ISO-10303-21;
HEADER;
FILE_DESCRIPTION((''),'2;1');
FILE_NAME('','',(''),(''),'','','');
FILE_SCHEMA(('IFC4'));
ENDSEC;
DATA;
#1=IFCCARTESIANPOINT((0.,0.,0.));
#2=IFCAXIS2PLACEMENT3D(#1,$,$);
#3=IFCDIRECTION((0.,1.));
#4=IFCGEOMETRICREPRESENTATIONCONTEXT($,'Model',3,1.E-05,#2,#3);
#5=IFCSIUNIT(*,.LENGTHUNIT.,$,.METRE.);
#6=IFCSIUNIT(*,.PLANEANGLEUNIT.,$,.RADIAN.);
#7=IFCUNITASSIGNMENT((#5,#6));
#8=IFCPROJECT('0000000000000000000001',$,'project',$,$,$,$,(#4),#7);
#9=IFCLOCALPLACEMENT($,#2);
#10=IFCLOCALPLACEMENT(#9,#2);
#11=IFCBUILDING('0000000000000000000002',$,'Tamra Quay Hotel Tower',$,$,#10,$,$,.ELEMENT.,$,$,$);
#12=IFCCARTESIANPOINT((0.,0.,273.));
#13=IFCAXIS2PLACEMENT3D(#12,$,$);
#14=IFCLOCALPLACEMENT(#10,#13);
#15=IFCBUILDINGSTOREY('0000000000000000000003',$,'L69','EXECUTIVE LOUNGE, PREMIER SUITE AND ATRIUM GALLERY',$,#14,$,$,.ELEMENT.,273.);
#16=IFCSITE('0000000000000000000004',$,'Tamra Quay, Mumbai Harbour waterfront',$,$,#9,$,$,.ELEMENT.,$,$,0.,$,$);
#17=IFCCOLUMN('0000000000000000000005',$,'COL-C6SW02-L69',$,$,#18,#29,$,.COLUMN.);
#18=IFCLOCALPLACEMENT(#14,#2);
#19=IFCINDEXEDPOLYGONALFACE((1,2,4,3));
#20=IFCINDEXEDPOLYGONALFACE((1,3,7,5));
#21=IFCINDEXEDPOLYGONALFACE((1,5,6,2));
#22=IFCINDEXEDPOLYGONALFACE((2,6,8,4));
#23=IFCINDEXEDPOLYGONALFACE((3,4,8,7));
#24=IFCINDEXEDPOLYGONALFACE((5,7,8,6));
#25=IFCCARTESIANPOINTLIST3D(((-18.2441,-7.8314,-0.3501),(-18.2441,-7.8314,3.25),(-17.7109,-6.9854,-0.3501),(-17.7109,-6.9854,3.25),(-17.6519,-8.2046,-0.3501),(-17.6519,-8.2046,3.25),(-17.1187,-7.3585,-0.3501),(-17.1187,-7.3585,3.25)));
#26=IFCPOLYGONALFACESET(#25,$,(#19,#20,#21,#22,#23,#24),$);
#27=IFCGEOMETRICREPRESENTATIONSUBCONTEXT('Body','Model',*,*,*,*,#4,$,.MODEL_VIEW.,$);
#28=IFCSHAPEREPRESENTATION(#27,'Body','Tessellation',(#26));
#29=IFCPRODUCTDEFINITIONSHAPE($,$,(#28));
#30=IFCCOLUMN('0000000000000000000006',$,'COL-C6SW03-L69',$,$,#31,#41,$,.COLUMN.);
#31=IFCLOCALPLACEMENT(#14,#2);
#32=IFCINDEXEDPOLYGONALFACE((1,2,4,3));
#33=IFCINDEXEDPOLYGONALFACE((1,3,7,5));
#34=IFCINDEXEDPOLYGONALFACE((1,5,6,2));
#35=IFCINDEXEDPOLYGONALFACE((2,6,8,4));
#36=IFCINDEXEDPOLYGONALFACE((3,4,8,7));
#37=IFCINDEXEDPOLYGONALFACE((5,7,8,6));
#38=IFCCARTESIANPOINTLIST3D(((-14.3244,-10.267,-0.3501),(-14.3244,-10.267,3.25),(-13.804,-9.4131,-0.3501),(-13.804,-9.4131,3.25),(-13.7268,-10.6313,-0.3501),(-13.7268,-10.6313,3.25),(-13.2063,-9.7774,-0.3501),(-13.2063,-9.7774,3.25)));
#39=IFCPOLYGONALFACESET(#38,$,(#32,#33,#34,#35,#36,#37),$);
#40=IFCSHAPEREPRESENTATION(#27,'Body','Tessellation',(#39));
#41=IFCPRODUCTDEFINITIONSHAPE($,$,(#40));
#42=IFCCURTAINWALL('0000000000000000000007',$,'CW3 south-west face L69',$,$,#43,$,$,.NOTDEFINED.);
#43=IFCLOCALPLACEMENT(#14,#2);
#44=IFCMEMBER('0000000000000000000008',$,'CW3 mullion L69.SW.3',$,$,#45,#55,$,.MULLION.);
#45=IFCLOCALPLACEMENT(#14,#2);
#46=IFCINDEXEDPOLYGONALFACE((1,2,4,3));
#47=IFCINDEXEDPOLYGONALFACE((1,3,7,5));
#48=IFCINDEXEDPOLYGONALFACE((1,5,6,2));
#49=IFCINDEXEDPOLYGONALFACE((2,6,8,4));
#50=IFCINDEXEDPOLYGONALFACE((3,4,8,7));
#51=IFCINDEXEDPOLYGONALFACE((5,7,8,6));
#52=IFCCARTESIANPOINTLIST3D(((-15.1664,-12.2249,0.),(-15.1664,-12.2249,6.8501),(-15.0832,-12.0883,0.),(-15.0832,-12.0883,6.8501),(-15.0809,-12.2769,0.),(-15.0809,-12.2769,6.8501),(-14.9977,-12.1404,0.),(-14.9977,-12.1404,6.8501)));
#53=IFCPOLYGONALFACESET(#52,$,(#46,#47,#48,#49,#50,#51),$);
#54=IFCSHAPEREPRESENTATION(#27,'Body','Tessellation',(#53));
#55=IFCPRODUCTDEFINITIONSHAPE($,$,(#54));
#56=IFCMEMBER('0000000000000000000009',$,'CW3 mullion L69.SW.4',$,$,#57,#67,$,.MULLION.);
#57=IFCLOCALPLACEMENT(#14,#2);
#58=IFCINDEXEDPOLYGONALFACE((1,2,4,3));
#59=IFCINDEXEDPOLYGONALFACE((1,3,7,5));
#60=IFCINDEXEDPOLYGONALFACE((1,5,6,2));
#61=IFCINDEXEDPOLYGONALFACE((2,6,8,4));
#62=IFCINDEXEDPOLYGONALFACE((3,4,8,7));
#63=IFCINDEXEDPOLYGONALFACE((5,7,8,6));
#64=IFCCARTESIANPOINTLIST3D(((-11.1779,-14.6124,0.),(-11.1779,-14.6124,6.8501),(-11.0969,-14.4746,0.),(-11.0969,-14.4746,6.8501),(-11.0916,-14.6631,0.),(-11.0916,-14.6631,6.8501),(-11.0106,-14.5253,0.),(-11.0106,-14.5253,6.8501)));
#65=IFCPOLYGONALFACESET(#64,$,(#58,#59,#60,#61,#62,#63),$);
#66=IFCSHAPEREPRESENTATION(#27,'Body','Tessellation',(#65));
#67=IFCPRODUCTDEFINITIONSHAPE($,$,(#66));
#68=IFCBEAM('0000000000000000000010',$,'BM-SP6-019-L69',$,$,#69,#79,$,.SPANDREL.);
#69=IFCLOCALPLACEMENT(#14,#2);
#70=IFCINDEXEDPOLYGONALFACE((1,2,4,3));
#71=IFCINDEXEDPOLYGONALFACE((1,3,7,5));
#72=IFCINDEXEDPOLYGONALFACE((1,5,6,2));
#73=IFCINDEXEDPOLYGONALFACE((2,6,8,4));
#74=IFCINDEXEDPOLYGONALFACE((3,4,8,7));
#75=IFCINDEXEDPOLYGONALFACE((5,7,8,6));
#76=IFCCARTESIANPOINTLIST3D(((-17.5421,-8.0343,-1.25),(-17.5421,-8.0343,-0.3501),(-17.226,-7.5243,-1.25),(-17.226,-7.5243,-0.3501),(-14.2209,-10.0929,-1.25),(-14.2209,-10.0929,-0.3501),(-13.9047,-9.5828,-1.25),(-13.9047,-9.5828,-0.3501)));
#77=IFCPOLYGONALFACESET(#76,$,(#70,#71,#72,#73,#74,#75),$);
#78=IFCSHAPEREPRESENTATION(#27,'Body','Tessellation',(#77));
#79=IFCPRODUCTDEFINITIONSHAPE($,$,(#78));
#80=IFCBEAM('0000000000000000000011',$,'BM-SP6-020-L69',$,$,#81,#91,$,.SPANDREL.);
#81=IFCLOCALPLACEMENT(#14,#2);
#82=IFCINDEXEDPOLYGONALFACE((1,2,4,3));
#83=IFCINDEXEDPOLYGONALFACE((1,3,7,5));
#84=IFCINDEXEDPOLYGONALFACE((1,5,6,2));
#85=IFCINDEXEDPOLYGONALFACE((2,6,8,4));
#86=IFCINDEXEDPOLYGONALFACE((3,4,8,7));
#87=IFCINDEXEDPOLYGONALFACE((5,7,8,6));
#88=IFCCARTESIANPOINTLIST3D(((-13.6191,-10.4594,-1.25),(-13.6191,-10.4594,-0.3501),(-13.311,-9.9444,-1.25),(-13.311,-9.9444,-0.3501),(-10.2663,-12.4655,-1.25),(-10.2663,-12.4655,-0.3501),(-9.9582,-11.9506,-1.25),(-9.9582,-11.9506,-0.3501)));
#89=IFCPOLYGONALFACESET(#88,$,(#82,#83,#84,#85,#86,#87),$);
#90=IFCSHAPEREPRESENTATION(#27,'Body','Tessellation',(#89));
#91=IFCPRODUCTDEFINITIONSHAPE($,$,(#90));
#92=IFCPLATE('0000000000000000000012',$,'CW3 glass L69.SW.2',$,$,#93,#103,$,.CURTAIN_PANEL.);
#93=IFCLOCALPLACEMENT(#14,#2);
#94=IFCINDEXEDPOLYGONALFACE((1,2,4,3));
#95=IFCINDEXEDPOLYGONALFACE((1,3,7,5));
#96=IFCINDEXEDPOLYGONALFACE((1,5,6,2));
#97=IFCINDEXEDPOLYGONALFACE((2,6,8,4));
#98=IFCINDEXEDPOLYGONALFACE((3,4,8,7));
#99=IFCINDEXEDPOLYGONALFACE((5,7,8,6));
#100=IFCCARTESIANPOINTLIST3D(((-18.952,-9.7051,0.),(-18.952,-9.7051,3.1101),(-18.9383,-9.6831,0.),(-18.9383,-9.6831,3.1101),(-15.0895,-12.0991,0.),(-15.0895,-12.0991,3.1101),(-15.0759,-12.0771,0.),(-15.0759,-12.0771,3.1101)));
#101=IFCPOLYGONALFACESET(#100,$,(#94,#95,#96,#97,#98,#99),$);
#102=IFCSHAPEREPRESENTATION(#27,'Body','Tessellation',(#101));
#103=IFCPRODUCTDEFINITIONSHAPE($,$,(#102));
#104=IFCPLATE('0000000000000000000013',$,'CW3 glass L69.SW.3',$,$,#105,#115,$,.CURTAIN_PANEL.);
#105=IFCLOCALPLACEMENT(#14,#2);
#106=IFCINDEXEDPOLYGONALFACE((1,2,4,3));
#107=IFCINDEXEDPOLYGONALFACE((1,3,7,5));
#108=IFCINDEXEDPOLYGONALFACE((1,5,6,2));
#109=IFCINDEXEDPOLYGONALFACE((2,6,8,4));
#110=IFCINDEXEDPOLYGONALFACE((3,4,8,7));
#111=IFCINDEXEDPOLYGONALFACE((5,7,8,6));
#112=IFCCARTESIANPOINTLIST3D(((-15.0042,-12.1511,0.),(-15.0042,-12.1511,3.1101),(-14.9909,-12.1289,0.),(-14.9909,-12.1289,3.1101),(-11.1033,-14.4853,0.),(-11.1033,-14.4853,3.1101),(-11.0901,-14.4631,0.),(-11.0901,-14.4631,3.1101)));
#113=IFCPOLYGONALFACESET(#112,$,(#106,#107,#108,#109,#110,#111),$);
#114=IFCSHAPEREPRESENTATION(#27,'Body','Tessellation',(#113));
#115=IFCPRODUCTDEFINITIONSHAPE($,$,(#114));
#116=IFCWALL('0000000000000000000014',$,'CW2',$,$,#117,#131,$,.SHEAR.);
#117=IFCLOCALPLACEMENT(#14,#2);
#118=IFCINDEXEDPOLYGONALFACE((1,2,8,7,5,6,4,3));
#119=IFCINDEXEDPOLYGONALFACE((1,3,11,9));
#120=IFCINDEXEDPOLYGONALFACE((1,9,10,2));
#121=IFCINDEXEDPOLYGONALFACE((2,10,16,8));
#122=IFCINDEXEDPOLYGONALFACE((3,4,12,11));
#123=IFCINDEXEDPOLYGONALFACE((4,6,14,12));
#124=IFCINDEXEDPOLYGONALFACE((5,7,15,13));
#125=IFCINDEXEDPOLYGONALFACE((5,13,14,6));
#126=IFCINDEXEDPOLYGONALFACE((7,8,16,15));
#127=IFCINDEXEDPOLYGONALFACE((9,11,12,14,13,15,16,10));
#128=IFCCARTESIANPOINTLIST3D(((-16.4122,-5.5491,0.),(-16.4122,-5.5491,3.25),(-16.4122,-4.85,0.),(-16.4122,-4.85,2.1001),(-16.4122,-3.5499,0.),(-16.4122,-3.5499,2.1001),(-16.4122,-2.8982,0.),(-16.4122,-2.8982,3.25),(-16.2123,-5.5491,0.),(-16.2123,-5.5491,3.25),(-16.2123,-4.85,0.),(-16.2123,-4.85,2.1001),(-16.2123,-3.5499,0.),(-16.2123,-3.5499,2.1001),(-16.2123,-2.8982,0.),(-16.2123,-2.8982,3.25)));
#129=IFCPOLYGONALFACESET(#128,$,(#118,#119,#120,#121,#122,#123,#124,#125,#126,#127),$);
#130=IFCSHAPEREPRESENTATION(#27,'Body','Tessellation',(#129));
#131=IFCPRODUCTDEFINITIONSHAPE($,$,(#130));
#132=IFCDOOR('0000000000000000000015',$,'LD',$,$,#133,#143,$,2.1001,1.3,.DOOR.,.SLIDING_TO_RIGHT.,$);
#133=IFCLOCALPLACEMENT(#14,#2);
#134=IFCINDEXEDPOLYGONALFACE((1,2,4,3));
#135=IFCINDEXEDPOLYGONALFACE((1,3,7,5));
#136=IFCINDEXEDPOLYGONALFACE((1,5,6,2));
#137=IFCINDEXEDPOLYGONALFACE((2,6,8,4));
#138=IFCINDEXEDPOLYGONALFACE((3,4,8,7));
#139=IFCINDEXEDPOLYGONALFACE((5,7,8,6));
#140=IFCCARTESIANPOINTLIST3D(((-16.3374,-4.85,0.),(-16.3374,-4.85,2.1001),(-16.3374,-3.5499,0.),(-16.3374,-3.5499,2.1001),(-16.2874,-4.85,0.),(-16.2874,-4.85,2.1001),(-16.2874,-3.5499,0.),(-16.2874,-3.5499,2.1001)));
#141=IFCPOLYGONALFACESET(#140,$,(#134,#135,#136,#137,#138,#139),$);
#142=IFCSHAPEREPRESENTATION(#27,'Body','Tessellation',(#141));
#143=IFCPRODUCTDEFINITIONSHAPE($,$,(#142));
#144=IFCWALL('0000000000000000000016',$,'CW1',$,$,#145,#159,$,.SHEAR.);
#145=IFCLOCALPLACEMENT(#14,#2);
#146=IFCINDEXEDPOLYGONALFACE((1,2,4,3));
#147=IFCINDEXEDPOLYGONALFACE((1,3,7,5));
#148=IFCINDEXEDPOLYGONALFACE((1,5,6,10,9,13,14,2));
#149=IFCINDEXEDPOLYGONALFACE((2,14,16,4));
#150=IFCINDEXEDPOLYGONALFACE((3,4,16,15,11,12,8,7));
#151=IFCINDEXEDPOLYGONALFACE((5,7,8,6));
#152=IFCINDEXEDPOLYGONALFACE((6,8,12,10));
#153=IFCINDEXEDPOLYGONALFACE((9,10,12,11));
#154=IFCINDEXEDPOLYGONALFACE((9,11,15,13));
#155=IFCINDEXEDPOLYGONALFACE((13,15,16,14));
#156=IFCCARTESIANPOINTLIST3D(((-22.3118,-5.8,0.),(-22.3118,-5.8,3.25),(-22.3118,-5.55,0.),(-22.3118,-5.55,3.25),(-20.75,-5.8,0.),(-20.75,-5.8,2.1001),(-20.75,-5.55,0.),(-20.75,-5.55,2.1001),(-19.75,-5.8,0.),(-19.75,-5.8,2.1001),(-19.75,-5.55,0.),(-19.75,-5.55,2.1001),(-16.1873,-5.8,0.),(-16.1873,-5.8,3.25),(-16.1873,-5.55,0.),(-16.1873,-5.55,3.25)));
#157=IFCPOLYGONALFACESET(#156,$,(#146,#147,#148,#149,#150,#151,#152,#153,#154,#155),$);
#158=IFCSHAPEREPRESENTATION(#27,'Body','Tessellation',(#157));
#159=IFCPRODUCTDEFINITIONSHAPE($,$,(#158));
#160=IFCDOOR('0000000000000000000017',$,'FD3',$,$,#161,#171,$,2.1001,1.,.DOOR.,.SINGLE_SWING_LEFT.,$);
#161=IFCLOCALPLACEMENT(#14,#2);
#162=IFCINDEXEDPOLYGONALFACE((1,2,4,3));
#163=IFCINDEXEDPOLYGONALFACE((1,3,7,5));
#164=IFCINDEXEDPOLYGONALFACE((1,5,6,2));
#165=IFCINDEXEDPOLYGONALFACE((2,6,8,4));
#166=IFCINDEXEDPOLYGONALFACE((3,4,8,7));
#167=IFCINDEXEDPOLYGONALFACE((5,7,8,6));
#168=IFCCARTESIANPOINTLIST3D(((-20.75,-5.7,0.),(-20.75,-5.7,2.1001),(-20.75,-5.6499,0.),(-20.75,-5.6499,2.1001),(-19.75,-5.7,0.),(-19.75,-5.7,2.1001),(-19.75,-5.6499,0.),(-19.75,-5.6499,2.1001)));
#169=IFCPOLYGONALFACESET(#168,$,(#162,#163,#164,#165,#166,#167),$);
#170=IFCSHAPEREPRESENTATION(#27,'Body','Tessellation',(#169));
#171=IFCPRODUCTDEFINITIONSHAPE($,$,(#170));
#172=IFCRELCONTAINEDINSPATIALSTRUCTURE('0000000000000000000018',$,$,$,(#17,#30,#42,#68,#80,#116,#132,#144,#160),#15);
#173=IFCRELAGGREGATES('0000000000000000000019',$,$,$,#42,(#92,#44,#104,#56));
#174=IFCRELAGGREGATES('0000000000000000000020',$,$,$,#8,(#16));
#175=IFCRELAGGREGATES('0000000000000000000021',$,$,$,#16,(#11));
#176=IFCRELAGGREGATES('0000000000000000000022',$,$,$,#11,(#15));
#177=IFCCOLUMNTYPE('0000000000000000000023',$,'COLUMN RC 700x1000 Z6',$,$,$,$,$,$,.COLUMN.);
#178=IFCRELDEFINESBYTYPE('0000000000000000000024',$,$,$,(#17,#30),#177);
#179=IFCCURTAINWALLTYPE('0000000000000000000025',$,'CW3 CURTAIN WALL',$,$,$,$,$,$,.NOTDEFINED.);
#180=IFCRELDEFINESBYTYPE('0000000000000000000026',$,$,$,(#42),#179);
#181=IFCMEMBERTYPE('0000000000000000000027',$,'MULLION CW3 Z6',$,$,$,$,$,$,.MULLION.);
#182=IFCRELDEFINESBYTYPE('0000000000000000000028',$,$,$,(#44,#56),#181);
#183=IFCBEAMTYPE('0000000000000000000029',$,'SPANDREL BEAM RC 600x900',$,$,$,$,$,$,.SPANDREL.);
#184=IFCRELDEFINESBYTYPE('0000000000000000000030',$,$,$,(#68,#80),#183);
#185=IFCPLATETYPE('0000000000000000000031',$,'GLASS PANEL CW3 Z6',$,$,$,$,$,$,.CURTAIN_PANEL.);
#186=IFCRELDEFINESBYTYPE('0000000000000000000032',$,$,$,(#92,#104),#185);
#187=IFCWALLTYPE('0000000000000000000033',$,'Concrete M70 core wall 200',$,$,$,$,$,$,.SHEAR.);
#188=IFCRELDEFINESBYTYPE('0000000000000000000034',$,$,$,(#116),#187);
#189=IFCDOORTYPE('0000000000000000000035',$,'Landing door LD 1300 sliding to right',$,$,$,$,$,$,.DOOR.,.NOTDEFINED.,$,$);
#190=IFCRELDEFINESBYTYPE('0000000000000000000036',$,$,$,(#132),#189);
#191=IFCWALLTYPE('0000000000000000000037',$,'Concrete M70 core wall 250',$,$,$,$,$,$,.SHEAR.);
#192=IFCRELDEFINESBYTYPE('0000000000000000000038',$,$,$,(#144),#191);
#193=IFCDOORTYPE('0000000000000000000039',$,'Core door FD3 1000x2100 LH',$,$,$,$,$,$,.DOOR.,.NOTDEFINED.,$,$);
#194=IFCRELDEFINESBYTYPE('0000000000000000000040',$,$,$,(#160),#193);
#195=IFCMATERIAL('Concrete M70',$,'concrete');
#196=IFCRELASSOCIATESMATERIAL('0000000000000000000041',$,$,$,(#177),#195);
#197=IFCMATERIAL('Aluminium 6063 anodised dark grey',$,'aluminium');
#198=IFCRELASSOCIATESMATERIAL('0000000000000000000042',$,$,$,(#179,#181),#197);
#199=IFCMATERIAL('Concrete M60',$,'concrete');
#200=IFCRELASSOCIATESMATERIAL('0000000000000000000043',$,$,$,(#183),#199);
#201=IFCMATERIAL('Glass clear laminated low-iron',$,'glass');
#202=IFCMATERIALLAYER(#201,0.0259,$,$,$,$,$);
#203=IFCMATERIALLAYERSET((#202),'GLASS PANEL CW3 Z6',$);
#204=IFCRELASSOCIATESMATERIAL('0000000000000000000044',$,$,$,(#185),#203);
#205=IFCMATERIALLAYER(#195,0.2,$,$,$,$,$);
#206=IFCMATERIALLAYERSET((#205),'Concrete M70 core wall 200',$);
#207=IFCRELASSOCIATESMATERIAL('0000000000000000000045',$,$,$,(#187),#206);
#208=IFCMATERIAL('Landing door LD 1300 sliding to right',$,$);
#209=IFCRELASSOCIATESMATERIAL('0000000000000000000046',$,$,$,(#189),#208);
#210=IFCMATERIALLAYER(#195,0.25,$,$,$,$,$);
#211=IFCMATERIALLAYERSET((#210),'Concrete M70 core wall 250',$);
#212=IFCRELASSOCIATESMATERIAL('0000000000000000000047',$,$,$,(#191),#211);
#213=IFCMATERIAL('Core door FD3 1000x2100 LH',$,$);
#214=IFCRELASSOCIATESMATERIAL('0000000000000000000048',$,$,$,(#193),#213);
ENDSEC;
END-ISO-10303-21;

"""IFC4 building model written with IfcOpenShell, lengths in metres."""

from ifc_helpers import new_model, si_unit, direction, frame, frame_2d, origin, origin_2d, place, context, subcontext, project, spatial, rectangle, extrude, material, layer, layer_set, material_profile, profile_set, type_object, element, fill, aggregate, save


model = new_model("IFC4")

# Units and contexts
model_context = context("Model", 3, precision=1e-05, world=origin(), true_north=direction((0.0, 1.0)))
body_context = subcontext(model_context, "Body", "Model", "MODEL_VIEW")
ifc_project = project(units=[si_unit("LENGTHUNIT", "METRE"), si_unit("PLANEANGLEUNIT", "RADIAN")], contexts=[model_context])

# Site, building, storey
site_placement = place(None, origin())
site = spatial("IfcSite", under=ifc_project, at=site_placement, Name="Tamra Quay, Mumbai Harbour waterfront", CompositionType="ELEMENT", RefElevation=0.0)
building_placement = place(site_placement, origin())
building = spatial("IfcBuilding", under=site, at=building_placement, Name="Tamra Quay Hotel Tower", CompositionType="ELEMENT")
storey_placement = place(building_placement, frame((0.0, 0.0, 273.0)))
storey = spatial("IfcBuildingStorey", under=building, at=storey_placement, Name="L69", Description="EXECUTIVE LOUNGE, PREMIER SUITE AND ATRIUM GALLERY", CompositionType="ELEMENT", Elevation=273.0)

# Columns
ifc_material_1 = material(Name="Concrete M70", Category="concrete")
ifc_material_profile_1 = material_profile(ifc_material_1, rectangle(XDim=1.0, YDim=0.7, at=origin_2d()), Name="COLUMN RC 700x1000 Z6")
ifc_profile_set_1 = profile_set([ifc_material_profile_1], Name="Concrete M70")
column_type = type_object("IfcColumnType", Name="COLUMN RC 700x1000 Z6", PredefinedType="COLUMN", material=ifc_profile_set_1)
for number, where, z_axis, x_axis, name in (
    (1, (-17.6814, -7.595, -0.3501), (0.0, 0.0, 1.0), (0.533133, 0.846031, 0.0), "COL-C6SW02-L69"),
    (2, (-13.7654, -10.0222, -0.3501), (0.0, 0.0, 1.0), (0.52043, 0.853904, 0.0), "COL-C6SW03-L69"),
):
    element("IfcColumn", number, at=place(storey_placement, frame(where, z_axis=z_axis, x_axis=x_axis)), inside=storey, type_object=column_type, Name=name, PredefinedType="COLUMN", context=body_context, shape_type="SweptSolid", body=[
        extrude(rectangle(XDim=1.0, YDim=0.7, at=origin_2d()), origin(), (0.0, 0.0, 1.0), 3.6001),
    ])

# Curtain wall, members
ifc_material_2 = material(Name="Aluminium 6063 anodised dark grey", Category="aluminium")
curtain_wall_type = type_object("IfcCurtainWallType", Name="CW3 CURTAIN WALL", PredefinedType="NOTDEFINED", material=ifc_material_2)
curtain_wall_placement = place(storey_placement, origin())
curtain_wall = element("IfcCurtainWall", 3, at=curtain_wall_placement, inside=storey, type_object=curtain_wall_type, Name="CW3 south-west face L69", PredefinedType="NOTDEFINED")
ifc_material_profile_2 = material_profile(ifc_material_2, rectangle(XDim=0.1599, YDim=0.1001, at=origin_2d()), Name="MULLION 100X160")
ifc_profile_set_2 = profile_set([ifc_material_profile_2], Name="Aluminium 6063 anodised dark grey")
member_type = type_object("IfcMemberType", Name="MULLION CW3 Z6", PredefinedType="MULLION", material=ifc_profile_set_2)
member_1_placement = place(storey_placement, frame((-15.082, -12.1826, 0.0), z_axis=(0.0, 0.0, 1.0), x_axis=(-0.520161, -0.854068, 0.0)))
member_1 = element("IfcMember", 4, at=member_1_placement, type_object=member_type, Name="CW3 mullion L69.SW.3", PredefinedType="MULLION", context=body_context, shape_type="SweptSolid", body=[
    extrude(rectangle(XDim=0.1599, YDim=0.1001, at=origin_2d()), origin(), (0.0, 0.0, 1.0), 6.8501),
])
member_2_placement = place(storey_placement, frame((-11.0942, -14.5688, 0.0), z_axis=(0.0, 0.0, 1.0), x_axis=(-0.506754, -0.862091, 0.0)))
member_2 = element("IfcMember", 5, at=member_2_placement, type_object=member_type, Name="CW3 mullion L69.SW.4", PredefinedType="MULLION", context=body_context, shape_type="SweptSolid", body=[
    extrude(rectangle(XDim=0.1599, YDim=0.1001, at=origin_2d()), origin(), (0.0, 0.0, 1.0), 6.8501),
])

# Beams
ifc_material_3 = material(Name="Concrete M60", Category="concrete")
ifc_material_profile_3 = material_profile(ifc_material_3, rectangle(XDim=0.6001, YDim=0.8999, at=origin_2d()), Name="SPANDREL BEAM RC 600x900")
ifc_profile_set_3 = profile_set([ifc_material_profile_3], Name="Concrete M60")
beam_type = type_object("IfcBeamType", Name="SPANDREL BEAM RC 600x900", PredefinedType="SPANDREL", material=ifc_profile_set_3)
beam_1_placement = place(storey_placement, frame((-17.384, -7.7793, -0.8), z_axis=(0.849972, -0.526828, 0.0), x_axis=(0.526828, 0.849972, 0.0)))
element("IfcBeam", 6, at=beam_1_placement, inside=storey, type_object=beam_type, Name="BM-SP6-019-L69", PredefinedType="SPANDREL", context=body_context, shape_type="SweptSolid", body=[
    extrude(rectangle(XDim=0.6001, YDim=0.8999, at=origin_2d()), origin(), (0.0, 0.0, 1.0), 3.9075),
])
beam_2_placement = place(storey_placement, frame((-13.4651, -10.2019, -0.8), z_axis=(0.858121, -0.513448, 0.0), x_axis=(0.513448, 0.858121, 0.0)))
element("IfcBeam", 7, at=beam_2_placement, inside=storey, type_object=beam_type, Name="BM-SP6-020-L69", PredefinedType="SPANDREL", context=body_context, shape_type="SweptSolid", body=[
    extrude(rectangle(XDim=0.6001, YDim=0.8999, at=origin_2d()), origin(), (0.0, 0.0, 1.0), 3.9072),
])

# Plates
ifc_material_4 = material(Name="Glass clear laminated low-iron", Category="glass")
ifc_layer_1 = layer(ifc_material_4, 0.0259)
ifc_layer_set_1 = layer_set([ifc_layer_1], Name="GLASS PANEL CW3 Z6")
plate_type = type_object("IfcPlateType", Name="GLASS PANEL CW3 Z6", PredefinedType="CURTAIN_PANEL", material=ifc_layer_set_1)
plate_1_placement = place(storey_placement, frame((-17.0139, -10.8911, 0.0), z_axis=(0.0, 0.0, 1.0), x_axis=(0.849982, -0.526812, 0.0)))
plate_1 = element("IfcPlate", 8, at=plate_1_placement, type_object=plate_type, Name="CW3 glass L69.SW.2", PredefinedType="CURTAIN_PANEL", context=body_context, shape_type="SweptSolid", body=[
    extrude(rectangle(XDim=4.5442, YDim=0.0259, at=origin_2d()), origin(), (0.0, 0.0, 1.0), 3.1101),
])
plate_2_placement = place(storey_placement, frame((-13.0471, -13.3071, 0.0), z_axis=(0.0, 0.0, 1.0), x_axis=(0.858103, -0.513477, 0.0)))
plate_2 = element("IfcPlate", 9, at=plate_2_placement, type_object=plate_type, Name="CW3 glass L69.SW.3", PredefinedType="CURTAIN_PANEL", context=body_context, shape_type="SweptSolid", body=[
    extrude(rectangle(XDim=4.5459, YDim=0.0259, at=origin_2d()), origin(), (0.0, 0.0, 1.0), 3.1101),
])
aggregate(curtain_wall, [plate_1, member_1, plate_2, member_2])

# Walls, openings, doors
ifc_layer_2 = layer(ifc_material_1, 0.2)
ifc_layer_set_2 = layer_set([ifc_layer_2], Name="Concrete M70 core wall 200")
wall_type_1 = type_object("IfcWallType", Name="Concrete M70 core wall 200", PredefinedType="SHEAR", material=ifc_layer_set_2)
wall_1_placement = place(storey_placement, frame((-16.3123, -2.8982, 0.0), z_axis=(0.0, 0.0, 1.0), x_axis=(0.0, -1.0, 0.0)))
wall_1 = element("IfcWall", 10, at=wall_1_placement, inside=storey, type_object=wall_type_1, Name="CW2", PredefinedType="SHEAR", context=body_context, shape_type="SweptSolid", body=[
    extrude(rectangle(XDim=2.6509, YDim=0.2, at=frame_2d((1.3254, 0.0))), origin(), (0.0, 0.0, 1.0), 3.25),
])
opening_1_placement = place(wall_1_placement, frame((0.6519, 0.0, 0.0)))
opening_1 = element("IfcOpeningElement", 11, at=opening_1_placement, cuts=wall_1, PredefinedType="OPENING", context=body_context, shape_type="SweptSolid", body=[
    extrude(rectangle(XDim=1.3, YDim=2.1001, at=frame_2d((0.6499, 1.05))), frame((0.0, 0.1099, 0.0), z_axis=(0.0, -1.0, 0.0), x_axis=(1.0, 0.0, 0.0)), (0.0, 0.0, 1.0), 0.22),
])
ifc_material_5 = material(Name="Landing door LD 1300 sliding to right")
door_type_1 = type_object("IfcDoorType", Name="Landing door LD 1300 sliding to right", OperationType="NOTDEFINED", PredefinedType="DOOR", material=ifc_material_5)
door_1_placement = place(opening_1_placement, origin())
door_1 = element("IfcDoor", 12, at=door_1_placement, inside=storey, type_object=door_type_1, Name="LD", OperationType="SLIDING_TO_RIGHT", OverallHeight=2.1001, OverallWidth=1.3, PredefinedType="DOOR", context=body_context, shape_type="SweptSolid", body=[
    extrude(rectangle(XDim=1.3, YDim=2.1001, at=frame_2d((0.6499, 1.05))), frame((0.0, 0.0249, 0.0), z_axis=(0.0, -1.0, 0.0), x_axis=(1.0, 0.0, 0.0)), (0.0, 0.0, 1.0), 0.05),
])
fill(opening_1, door_1)
ifc_layer_3 = layer(ifc_material_1, 0.25)
ifc_layer_set_3 = layer_set([ifc_layer_3], Name="Concrete M70 core wall 250")
wall_type_2 = type_object("IfcWallType", Name="Concrete M70 core wall 250", PredefinedType="SHEAR", material=ifc_layer_set_3)
wall_2_placement = place(storey_placement, frame((-16.1873, -5.675, 0.0), z_axis=(0.0, 0.0, 1.0), x_axis=(-1.0, 0.0, 0.0)))
wall_2 = element("IfcWall", 13, at=wall_2_placement, inside=storey, type_object=wall_type_2, Name="CW1", PredefinedType="SHEAR", context=body_context, shape_type="SweptSolid", body=[
    extrude(rectangle(XDim=6.1245, YDim=0.25, at=frame_2d((3.0623, 0.0))), origin(), (0.0, 0.0, 1.0), 3.25),
])
opening_2_placement = place(wall_2_placement, frame((3.5627, 0.0, 0.0)))
opening_2 = element("IfcOpeningElement", 14, at=opening_2_placement, cuts=wall_2, PredefinedType="OPENING", context=body_context, shape_type="SweptSolid", body=[
    extrude(rectangle(XDim=1.0, YDim=2.1001, at=frame_2d((0.5, 1.05))), frame((0.0, 0.135, 0.0), z_axis=(0.0, -1.0, 0.0), x_axis=(1.0, 0.0, 0.0)), (0.0, 0.0, 1.0), 0.27),
])
ifc_material_6 = material(Name="Core door FD3 1000x2100 LH")
door_type_2 = type_object("IfcDoorType", Name="Core door FD3 1000x2100 LH", OperationType="NOTDEFINED", PredefinedType="DOOR", material=ifc_material_6)
door_2_placement = place(opening_2_placement, origin())
door_2 = element("IfcDoor", 15, at=door_2_placement, inside=storey, type_object=door_type_2, Name="FD3", OperationType="SINGLE_SWING_LEFT", OverallHeight=2.1001, OverallWidth=1.0, PredefinedType="DOOR", context=body_context, shape_type="SweptSolid", body=[
    extrude(rectangle(XDim=1.0, YDim=2.1001, at=frame_2d((0.5, 1.05))), frame((0.0, 0.0249, 0.0), z_axis=(0.0, -1.0, 0.0), x_axis=(1.0, 0.0, 0.0)), (0.0, 0.0, 1.0), 0.05),
])
fill(opening_2, door_2)

save(model, "model.ifc")
